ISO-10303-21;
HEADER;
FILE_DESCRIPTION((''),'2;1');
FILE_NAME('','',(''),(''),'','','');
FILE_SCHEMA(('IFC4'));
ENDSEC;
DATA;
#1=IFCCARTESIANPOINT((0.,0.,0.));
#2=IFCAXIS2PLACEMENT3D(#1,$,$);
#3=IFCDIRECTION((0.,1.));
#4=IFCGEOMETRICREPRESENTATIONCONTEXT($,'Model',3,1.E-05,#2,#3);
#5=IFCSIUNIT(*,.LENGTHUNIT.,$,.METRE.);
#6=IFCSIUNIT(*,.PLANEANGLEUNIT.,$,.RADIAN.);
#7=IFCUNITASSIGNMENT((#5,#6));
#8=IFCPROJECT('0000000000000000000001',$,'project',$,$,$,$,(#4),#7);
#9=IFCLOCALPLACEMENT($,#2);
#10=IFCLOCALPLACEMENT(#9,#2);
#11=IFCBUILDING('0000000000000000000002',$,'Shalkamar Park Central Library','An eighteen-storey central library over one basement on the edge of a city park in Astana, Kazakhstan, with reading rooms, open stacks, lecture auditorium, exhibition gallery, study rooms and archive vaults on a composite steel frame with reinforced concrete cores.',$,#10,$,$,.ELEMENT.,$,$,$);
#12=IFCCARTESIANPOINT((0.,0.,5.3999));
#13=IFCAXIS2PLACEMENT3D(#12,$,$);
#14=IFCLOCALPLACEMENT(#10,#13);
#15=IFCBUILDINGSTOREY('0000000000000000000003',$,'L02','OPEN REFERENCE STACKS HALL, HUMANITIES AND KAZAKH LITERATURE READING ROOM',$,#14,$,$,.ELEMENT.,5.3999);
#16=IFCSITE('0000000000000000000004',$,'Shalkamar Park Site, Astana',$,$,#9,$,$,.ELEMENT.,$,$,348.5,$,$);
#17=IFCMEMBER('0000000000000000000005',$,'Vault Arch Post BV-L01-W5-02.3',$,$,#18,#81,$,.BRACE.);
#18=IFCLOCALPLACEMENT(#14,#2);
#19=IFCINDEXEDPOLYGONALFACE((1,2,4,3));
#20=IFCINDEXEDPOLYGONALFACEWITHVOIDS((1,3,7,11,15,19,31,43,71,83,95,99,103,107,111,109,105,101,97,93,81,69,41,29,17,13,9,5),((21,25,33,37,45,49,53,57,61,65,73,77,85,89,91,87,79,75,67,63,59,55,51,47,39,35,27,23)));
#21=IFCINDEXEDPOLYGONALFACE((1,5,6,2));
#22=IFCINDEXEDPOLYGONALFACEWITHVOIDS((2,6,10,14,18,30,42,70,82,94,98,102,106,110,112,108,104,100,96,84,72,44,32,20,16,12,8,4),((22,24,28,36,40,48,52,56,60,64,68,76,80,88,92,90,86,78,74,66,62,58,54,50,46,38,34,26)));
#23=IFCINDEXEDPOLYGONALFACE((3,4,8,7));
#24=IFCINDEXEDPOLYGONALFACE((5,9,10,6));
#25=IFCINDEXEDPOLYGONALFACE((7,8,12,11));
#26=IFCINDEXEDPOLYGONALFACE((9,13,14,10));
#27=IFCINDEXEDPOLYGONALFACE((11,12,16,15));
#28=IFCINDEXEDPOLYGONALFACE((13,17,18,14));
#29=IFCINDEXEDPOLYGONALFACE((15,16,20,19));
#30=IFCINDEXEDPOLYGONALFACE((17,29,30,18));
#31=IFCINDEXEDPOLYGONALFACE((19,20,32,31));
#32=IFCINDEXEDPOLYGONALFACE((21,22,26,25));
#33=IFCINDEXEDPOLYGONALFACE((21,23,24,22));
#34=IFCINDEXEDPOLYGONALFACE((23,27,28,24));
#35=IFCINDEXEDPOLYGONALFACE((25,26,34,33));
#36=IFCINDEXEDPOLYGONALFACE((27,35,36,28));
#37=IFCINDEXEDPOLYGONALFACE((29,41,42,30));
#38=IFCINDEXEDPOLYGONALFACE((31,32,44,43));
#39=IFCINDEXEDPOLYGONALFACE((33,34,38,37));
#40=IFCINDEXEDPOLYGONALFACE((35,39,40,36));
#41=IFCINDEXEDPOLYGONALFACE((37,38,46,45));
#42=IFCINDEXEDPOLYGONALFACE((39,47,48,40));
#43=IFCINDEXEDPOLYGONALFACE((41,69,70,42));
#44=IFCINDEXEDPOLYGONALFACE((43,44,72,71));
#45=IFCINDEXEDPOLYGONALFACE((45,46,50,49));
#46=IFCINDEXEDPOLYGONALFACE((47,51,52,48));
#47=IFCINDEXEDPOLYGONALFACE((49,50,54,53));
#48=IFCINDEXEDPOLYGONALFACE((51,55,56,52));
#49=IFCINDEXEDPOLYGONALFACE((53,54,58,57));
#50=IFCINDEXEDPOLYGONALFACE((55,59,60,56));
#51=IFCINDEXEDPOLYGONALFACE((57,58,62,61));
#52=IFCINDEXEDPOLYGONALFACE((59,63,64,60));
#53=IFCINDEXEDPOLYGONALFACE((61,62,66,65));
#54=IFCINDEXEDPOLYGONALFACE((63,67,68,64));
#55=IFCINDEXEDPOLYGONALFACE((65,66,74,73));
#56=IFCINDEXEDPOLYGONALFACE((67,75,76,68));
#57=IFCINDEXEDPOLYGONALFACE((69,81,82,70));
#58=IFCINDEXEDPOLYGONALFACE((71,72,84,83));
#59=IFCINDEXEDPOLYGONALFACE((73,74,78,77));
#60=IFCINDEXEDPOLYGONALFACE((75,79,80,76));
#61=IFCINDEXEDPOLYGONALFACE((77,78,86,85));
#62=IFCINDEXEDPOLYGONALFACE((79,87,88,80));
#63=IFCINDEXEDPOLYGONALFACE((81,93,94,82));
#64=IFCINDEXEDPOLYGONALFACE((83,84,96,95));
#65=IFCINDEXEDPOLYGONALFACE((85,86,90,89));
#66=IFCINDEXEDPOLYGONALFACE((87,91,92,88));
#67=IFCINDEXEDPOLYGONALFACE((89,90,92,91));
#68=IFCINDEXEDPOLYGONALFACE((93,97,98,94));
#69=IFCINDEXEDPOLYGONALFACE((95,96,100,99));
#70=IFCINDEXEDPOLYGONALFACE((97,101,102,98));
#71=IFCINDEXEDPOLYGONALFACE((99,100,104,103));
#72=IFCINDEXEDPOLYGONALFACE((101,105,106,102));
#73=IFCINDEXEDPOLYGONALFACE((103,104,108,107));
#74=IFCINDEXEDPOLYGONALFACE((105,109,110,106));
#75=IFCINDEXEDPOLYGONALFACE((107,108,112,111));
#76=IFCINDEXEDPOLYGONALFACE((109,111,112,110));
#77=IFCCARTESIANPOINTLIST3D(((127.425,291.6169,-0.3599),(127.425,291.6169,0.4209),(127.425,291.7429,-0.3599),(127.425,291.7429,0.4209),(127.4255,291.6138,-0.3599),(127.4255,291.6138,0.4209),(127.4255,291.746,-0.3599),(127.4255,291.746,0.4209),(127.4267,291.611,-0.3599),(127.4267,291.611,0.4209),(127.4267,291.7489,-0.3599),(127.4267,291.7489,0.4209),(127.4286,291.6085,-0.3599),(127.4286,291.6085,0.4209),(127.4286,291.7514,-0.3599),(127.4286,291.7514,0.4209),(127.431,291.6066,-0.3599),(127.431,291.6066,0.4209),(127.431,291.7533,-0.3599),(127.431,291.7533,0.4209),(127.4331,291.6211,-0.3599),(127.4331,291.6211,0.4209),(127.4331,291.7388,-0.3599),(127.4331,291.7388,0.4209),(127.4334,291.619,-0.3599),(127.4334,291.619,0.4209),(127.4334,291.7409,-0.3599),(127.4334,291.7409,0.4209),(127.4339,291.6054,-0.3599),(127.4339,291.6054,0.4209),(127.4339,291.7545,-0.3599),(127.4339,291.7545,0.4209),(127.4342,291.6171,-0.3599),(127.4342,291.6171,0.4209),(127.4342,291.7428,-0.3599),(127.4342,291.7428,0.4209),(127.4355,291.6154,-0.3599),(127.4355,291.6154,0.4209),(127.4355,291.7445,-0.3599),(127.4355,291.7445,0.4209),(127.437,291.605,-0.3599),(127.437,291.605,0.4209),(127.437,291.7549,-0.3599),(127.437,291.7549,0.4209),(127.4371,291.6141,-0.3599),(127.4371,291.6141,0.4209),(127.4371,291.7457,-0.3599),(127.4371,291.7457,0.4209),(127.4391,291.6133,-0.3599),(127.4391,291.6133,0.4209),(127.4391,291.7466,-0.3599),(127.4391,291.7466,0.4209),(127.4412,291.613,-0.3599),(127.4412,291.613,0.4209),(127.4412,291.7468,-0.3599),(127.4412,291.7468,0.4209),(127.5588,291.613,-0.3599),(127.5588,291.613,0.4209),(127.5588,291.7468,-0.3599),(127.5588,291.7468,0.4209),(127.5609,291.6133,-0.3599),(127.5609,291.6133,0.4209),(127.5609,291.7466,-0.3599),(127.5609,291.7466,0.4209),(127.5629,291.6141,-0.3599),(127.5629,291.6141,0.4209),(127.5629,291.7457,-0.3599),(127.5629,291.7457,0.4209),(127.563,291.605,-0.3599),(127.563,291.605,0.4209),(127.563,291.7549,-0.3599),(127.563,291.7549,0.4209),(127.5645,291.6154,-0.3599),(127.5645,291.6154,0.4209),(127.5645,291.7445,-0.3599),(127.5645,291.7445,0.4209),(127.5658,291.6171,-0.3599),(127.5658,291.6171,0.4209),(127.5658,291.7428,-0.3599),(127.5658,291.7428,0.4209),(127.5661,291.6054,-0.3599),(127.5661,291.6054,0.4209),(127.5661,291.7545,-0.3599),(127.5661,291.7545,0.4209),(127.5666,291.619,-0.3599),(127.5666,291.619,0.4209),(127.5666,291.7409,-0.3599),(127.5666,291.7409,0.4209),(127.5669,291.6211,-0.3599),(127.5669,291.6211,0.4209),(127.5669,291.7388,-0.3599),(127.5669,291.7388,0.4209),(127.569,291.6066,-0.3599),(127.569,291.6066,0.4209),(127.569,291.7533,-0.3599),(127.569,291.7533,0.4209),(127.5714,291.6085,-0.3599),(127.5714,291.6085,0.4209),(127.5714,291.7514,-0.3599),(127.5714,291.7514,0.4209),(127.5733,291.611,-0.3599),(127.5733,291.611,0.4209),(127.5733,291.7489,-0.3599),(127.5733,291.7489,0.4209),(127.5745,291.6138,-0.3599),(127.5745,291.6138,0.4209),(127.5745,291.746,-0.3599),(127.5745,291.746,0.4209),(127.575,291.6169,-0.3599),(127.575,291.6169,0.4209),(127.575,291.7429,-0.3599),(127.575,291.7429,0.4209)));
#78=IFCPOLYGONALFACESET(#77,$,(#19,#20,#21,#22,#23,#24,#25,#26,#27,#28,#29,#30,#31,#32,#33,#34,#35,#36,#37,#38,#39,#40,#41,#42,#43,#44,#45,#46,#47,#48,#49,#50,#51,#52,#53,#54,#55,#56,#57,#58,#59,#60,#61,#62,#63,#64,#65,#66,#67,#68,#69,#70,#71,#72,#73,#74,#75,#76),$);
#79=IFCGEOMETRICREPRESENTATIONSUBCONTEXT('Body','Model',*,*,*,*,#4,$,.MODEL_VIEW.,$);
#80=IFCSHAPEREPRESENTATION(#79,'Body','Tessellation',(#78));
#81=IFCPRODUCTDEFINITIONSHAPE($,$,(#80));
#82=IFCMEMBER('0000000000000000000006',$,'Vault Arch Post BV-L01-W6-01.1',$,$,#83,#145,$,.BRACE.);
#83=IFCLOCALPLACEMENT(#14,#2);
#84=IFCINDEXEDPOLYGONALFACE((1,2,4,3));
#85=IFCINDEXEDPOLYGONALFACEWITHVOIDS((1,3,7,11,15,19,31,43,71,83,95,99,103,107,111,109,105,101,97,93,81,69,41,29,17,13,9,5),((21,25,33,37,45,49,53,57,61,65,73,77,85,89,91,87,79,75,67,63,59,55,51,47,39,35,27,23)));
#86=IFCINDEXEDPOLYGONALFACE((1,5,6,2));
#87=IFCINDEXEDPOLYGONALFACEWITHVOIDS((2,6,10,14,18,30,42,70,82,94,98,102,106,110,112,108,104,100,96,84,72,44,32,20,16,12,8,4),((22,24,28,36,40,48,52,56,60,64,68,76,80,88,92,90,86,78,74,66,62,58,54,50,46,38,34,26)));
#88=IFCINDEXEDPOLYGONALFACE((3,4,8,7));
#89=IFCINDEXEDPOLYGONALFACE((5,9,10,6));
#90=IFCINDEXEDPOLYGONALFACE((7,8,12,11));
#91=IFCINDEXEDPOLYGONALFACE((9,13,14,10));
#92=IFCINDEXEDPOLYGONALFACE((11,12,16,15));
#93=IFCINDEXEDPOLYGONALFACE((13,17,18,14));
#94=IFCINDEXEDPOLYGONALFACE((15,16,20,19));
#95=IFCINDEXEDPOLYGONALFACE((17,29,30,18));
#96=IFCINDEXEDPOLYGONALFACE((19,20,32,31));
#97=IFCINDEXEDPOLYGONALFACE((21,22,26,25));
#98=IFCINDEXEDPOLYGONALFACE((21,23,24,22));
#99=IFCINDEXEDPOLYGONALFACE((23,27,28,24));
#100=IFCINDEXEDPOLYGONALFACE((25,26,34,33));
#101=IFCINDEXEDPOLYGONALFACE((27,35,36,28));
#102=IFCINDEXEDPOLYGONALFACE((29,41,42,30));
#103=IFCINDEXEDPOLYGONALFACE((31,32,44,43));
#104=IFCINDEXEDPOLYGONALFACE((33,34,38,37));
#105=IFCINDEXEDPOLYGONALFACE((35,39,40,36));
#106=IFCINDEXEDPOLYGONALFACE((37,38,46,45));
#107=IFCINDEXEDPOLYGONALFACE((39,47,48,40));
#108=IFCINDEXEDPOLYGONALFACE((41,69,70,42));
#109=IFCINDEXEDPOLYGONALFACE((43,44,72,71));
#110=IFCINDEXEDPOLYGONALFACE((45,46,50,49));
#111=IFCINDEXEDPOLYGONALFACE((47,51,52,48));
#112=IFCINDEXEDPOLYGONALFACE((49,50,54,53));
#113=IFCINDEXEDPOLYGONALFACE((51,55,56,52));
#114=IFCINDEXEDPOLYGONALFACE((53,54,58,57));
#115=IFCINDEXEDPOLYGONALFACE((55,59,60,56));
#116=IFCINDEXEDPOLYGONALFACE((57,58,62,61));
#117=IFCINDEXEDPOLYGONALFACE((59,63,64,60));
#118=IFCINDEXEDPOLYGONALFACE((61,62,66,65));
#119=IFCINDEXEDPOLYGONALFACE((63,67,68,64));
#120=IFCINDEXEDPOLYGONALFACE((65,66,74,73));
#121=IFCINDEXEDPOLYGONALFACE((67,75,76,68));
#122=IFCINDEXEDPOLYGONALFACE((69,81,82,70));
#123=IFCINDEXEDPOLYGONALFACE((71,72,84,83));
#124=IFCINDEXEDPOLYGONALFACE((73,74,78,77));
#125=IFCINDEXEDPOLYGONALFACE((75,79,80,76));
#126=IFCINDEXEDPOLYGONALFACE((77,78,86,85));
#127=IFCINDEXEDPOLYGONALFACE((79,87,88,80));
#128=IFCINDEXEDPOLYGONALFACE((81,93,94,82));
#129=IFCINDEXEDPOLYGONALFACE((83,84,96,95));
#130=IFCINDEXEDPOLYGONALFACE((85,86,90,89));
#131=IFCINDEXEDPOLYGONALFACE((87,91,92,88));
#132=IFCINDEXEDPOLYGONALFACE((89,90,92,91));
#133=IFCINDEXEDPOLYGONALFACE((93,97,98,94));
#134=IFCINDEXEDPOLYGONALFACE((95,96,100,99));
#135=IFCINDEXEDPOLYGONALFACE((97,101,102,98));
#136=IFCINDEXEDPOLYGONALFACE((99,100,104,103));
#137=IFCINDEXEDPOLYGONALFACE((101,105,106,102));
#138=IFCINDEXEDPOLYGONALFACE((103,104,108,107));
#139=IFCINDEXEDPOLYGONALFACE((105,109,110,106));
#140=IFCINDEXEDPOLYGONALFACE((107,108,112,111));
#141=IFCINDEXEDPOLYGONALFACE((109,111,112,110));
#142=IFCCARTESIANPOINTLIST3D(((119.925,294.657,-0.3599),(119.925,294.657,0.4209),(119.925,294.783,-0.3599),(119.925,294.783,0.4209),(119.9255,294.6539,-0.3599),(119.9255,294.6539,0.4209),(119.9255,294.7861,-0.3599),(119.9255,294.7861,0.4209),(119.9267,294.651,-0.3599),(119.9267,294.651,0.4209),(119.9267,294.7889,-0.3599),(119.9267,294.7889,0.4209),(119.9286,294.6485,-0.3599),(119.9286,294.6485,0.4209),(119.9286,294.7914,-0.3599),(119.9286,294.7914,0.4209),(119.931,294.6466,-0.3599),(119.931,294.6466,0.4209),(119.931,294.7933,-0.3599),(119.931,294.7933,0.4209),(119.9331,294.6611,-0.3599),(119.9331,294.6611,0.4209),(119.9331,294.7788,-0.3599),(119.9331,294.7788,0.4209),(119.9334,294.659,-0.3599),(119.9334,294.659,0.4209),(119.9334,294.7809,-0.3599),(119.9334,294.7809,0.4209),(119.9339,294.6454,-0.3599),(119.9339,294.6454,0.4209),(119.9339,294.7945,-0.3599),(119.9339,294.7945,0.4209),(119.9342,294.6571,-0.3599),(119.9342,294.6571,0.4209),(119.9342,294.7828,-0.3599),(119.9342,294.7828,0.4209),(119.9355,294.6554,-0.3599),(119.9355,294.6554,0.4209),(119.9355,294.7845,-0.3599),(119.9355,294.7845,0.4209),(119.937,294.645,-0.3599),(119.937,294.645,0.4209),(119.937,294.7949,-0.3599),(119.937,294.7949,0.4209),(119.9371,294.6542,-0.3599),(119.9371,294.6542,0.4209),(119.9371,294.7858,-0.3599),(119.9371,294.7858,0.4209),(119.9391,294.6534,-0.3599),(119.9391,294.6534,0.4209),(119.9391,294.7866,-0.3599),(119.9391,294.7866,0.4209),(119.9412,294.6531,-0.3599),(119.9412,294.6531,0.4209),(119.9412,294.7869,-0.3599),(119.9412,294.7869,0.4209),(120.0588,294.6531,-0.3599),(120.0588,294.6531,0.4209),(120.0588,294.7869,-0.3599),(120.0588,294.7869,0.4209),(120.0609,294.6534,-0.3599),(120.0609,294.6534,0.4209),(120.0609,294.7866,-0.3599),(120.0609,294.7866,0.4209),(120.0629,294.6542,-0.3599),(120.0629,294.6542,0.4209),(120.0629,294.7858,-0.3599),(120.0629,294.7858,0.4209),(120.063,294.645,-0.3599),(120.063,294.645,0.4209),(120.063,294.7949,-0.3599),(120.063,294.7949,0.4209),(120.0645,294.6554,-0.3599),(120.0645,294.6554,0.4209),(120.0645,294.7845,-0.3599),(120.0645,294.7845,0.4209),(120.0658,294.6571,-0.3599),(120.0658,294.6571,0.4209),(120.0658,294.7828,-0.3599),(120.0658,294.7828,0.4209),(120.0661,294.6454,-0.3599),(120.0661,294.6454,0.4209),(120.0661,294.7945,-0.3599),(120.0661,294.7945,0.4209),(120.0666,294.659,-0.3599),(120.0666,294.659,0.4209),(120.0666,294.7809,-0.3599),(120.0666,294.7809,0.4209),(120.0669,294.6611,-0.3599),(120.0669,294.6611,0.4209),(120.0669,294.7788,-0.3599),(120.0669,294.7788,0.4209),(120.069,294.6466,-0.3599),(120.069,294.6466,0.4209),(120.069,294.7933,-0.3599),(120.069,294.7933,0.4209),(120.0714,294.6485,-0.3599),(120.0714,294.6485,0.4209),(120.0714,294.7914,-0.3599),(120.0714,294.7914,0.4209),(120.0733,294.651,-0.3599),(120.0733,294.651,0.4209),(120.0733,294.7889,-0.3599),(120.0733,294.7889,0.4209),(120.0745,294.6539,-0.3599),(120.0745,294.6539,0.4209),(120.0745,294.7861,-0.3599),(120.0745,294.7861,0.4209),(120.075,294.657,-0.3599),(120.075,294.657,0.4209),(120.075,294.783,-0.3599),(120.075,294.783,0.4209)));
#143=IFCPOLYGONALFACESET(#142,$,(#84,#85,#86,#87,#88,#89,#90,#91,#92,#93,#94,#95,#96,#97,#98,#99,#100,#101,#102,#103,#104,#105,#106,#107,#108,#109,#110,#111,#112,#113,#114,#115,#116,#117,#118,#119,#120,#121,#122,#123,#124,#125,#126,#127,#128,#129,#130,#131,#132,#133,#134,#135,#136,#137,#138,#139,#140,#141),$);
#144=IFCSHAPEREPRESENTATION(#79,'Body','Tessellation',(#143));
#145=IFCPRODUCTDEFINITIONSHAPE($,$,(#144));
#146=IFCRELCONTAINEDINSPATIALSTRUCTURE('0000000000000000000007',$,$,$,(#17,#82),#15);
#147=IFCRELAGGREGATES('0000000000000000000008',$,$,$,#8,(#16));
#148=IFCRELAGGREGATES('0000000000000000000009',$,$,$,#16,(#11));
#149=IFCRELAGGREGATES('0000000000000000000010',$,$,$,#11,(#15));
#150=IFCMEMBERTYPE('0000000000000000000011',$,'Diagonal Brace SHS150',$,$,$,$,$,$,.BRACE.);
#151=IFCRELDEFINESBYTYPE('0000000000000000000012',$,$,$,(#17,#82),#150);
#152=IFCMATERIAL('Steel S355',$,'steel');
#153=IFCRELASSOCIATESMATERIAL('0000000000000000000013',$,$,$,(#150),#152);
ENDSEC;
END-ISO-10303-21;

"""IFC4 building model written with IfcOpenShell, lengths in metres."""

from ifc_helpers import new_model, si_unit, direction, frame, origin, origin_2d, place, context, subcontext, project, spatial, hollow_rectangle, extrude, material, material_profile, profile_set, type_object, element, save


model = new_model("IFC4")

# Units and contexts
model_context = context("Model", 3, precision=1e-05, world=origin(), true_north=direction((0.0, 1.0)))
body_context = subcontext(model_context, "Body", "Model", "MODEL_VIEW")
ifc_project = project(units=[si_unit("LENGTHUNIT", "METRE"), si_unit("PLANEANGLEUNIT", "RADIAN")], contexts=[model_context])

# Site, building, storey
site_placement = place(None, origin())
site = spatial("IfcSite", under=ifc_project, at=site_placement, Name="Shalkamar Park Site, Astana", CompositionType="ELEMENT", RefElevation=348.5)
building_placement = place(site_placement, origin())
building = spatial("IfcBuilding", under=site, at=building_placement, Name="Shalkamar Park Central Library", Description="An eighteen-storey central library over one basement on the edge of a city park in Astana, Kazakhstan, with reading rooms, open stacks, lecture auditorium, exhibition gallery, study rooms and archive vaults on a composite steel frame with reinforced concrete cores.", CompositionType="ELEMENT")
storey_placement = place(building_placement, frame((0.0, 0.0, 5.3999)))
storey = spatial("IfcBuildingStorey", under=building, at=storey_placement, Name="L02", Description="OPEN REFERENCE STACKS HALL, HUMANITIES AND KAZAKH LITERATURE READING ROOM", CompositionType="ELEMENT", Elevation=5.3999)

# Members
ifc_material_1 = material(Name="Steel S355", Category="steel")
ifc_material_profile_1 = material_profile(ifc_material_1, hollow_rectangle(XDim=0.1499, YDim=0.1499, WallThickness=0.0081, InnerFilletRadius=0.0081, OuterFilletRadius=0.012, at=origin_2d()), Name="SHS 150x150x8")
ifc_profile_set_1 = profile_set([ifc_material_profile_1], Name="Steel S355")
member_type_1 = type_object("IfcMemberType", Name="Diagonal Brace SHS150", PredefinedType="BRACE", material=ifc_profile_set_1)
for number, where, z_axis, x_axis, name in (
    (1, (127.5, 291.6799, -0.3599), (0.0, 0.0, 1.0), (1.0, 0.0, 0.0), "Vault Arch Post BV-L01-W5-02.3"),
    (2, (120.0, 294.72, -0.3599), (0.0, 0.0, 1.0), (1.0, 0.0, 0.0), "Vault Arch Post BV-L01-W6-01.1"),
):
    element("IfcMember", number, at=place(storey_placement, frame(where, z_axis=z_axis, x_axis=x_axis)), inside=storey, type_object=member_type_1, Name=name, PredefinedType="BRACE", context=body_context, shape_type="SweptSolid", body=[
        extrude(hollow_rectangle(XDim=0.1499, YDim=0.1499, WallThickness=0.0081, InnerFilletRadius=0.0081, OuterFilletRadius=0.012, at=origin_2d()), origin(), (0.0, 0.0, 1.0), 0.7808),
    ])

save(model, "model.ifc")
